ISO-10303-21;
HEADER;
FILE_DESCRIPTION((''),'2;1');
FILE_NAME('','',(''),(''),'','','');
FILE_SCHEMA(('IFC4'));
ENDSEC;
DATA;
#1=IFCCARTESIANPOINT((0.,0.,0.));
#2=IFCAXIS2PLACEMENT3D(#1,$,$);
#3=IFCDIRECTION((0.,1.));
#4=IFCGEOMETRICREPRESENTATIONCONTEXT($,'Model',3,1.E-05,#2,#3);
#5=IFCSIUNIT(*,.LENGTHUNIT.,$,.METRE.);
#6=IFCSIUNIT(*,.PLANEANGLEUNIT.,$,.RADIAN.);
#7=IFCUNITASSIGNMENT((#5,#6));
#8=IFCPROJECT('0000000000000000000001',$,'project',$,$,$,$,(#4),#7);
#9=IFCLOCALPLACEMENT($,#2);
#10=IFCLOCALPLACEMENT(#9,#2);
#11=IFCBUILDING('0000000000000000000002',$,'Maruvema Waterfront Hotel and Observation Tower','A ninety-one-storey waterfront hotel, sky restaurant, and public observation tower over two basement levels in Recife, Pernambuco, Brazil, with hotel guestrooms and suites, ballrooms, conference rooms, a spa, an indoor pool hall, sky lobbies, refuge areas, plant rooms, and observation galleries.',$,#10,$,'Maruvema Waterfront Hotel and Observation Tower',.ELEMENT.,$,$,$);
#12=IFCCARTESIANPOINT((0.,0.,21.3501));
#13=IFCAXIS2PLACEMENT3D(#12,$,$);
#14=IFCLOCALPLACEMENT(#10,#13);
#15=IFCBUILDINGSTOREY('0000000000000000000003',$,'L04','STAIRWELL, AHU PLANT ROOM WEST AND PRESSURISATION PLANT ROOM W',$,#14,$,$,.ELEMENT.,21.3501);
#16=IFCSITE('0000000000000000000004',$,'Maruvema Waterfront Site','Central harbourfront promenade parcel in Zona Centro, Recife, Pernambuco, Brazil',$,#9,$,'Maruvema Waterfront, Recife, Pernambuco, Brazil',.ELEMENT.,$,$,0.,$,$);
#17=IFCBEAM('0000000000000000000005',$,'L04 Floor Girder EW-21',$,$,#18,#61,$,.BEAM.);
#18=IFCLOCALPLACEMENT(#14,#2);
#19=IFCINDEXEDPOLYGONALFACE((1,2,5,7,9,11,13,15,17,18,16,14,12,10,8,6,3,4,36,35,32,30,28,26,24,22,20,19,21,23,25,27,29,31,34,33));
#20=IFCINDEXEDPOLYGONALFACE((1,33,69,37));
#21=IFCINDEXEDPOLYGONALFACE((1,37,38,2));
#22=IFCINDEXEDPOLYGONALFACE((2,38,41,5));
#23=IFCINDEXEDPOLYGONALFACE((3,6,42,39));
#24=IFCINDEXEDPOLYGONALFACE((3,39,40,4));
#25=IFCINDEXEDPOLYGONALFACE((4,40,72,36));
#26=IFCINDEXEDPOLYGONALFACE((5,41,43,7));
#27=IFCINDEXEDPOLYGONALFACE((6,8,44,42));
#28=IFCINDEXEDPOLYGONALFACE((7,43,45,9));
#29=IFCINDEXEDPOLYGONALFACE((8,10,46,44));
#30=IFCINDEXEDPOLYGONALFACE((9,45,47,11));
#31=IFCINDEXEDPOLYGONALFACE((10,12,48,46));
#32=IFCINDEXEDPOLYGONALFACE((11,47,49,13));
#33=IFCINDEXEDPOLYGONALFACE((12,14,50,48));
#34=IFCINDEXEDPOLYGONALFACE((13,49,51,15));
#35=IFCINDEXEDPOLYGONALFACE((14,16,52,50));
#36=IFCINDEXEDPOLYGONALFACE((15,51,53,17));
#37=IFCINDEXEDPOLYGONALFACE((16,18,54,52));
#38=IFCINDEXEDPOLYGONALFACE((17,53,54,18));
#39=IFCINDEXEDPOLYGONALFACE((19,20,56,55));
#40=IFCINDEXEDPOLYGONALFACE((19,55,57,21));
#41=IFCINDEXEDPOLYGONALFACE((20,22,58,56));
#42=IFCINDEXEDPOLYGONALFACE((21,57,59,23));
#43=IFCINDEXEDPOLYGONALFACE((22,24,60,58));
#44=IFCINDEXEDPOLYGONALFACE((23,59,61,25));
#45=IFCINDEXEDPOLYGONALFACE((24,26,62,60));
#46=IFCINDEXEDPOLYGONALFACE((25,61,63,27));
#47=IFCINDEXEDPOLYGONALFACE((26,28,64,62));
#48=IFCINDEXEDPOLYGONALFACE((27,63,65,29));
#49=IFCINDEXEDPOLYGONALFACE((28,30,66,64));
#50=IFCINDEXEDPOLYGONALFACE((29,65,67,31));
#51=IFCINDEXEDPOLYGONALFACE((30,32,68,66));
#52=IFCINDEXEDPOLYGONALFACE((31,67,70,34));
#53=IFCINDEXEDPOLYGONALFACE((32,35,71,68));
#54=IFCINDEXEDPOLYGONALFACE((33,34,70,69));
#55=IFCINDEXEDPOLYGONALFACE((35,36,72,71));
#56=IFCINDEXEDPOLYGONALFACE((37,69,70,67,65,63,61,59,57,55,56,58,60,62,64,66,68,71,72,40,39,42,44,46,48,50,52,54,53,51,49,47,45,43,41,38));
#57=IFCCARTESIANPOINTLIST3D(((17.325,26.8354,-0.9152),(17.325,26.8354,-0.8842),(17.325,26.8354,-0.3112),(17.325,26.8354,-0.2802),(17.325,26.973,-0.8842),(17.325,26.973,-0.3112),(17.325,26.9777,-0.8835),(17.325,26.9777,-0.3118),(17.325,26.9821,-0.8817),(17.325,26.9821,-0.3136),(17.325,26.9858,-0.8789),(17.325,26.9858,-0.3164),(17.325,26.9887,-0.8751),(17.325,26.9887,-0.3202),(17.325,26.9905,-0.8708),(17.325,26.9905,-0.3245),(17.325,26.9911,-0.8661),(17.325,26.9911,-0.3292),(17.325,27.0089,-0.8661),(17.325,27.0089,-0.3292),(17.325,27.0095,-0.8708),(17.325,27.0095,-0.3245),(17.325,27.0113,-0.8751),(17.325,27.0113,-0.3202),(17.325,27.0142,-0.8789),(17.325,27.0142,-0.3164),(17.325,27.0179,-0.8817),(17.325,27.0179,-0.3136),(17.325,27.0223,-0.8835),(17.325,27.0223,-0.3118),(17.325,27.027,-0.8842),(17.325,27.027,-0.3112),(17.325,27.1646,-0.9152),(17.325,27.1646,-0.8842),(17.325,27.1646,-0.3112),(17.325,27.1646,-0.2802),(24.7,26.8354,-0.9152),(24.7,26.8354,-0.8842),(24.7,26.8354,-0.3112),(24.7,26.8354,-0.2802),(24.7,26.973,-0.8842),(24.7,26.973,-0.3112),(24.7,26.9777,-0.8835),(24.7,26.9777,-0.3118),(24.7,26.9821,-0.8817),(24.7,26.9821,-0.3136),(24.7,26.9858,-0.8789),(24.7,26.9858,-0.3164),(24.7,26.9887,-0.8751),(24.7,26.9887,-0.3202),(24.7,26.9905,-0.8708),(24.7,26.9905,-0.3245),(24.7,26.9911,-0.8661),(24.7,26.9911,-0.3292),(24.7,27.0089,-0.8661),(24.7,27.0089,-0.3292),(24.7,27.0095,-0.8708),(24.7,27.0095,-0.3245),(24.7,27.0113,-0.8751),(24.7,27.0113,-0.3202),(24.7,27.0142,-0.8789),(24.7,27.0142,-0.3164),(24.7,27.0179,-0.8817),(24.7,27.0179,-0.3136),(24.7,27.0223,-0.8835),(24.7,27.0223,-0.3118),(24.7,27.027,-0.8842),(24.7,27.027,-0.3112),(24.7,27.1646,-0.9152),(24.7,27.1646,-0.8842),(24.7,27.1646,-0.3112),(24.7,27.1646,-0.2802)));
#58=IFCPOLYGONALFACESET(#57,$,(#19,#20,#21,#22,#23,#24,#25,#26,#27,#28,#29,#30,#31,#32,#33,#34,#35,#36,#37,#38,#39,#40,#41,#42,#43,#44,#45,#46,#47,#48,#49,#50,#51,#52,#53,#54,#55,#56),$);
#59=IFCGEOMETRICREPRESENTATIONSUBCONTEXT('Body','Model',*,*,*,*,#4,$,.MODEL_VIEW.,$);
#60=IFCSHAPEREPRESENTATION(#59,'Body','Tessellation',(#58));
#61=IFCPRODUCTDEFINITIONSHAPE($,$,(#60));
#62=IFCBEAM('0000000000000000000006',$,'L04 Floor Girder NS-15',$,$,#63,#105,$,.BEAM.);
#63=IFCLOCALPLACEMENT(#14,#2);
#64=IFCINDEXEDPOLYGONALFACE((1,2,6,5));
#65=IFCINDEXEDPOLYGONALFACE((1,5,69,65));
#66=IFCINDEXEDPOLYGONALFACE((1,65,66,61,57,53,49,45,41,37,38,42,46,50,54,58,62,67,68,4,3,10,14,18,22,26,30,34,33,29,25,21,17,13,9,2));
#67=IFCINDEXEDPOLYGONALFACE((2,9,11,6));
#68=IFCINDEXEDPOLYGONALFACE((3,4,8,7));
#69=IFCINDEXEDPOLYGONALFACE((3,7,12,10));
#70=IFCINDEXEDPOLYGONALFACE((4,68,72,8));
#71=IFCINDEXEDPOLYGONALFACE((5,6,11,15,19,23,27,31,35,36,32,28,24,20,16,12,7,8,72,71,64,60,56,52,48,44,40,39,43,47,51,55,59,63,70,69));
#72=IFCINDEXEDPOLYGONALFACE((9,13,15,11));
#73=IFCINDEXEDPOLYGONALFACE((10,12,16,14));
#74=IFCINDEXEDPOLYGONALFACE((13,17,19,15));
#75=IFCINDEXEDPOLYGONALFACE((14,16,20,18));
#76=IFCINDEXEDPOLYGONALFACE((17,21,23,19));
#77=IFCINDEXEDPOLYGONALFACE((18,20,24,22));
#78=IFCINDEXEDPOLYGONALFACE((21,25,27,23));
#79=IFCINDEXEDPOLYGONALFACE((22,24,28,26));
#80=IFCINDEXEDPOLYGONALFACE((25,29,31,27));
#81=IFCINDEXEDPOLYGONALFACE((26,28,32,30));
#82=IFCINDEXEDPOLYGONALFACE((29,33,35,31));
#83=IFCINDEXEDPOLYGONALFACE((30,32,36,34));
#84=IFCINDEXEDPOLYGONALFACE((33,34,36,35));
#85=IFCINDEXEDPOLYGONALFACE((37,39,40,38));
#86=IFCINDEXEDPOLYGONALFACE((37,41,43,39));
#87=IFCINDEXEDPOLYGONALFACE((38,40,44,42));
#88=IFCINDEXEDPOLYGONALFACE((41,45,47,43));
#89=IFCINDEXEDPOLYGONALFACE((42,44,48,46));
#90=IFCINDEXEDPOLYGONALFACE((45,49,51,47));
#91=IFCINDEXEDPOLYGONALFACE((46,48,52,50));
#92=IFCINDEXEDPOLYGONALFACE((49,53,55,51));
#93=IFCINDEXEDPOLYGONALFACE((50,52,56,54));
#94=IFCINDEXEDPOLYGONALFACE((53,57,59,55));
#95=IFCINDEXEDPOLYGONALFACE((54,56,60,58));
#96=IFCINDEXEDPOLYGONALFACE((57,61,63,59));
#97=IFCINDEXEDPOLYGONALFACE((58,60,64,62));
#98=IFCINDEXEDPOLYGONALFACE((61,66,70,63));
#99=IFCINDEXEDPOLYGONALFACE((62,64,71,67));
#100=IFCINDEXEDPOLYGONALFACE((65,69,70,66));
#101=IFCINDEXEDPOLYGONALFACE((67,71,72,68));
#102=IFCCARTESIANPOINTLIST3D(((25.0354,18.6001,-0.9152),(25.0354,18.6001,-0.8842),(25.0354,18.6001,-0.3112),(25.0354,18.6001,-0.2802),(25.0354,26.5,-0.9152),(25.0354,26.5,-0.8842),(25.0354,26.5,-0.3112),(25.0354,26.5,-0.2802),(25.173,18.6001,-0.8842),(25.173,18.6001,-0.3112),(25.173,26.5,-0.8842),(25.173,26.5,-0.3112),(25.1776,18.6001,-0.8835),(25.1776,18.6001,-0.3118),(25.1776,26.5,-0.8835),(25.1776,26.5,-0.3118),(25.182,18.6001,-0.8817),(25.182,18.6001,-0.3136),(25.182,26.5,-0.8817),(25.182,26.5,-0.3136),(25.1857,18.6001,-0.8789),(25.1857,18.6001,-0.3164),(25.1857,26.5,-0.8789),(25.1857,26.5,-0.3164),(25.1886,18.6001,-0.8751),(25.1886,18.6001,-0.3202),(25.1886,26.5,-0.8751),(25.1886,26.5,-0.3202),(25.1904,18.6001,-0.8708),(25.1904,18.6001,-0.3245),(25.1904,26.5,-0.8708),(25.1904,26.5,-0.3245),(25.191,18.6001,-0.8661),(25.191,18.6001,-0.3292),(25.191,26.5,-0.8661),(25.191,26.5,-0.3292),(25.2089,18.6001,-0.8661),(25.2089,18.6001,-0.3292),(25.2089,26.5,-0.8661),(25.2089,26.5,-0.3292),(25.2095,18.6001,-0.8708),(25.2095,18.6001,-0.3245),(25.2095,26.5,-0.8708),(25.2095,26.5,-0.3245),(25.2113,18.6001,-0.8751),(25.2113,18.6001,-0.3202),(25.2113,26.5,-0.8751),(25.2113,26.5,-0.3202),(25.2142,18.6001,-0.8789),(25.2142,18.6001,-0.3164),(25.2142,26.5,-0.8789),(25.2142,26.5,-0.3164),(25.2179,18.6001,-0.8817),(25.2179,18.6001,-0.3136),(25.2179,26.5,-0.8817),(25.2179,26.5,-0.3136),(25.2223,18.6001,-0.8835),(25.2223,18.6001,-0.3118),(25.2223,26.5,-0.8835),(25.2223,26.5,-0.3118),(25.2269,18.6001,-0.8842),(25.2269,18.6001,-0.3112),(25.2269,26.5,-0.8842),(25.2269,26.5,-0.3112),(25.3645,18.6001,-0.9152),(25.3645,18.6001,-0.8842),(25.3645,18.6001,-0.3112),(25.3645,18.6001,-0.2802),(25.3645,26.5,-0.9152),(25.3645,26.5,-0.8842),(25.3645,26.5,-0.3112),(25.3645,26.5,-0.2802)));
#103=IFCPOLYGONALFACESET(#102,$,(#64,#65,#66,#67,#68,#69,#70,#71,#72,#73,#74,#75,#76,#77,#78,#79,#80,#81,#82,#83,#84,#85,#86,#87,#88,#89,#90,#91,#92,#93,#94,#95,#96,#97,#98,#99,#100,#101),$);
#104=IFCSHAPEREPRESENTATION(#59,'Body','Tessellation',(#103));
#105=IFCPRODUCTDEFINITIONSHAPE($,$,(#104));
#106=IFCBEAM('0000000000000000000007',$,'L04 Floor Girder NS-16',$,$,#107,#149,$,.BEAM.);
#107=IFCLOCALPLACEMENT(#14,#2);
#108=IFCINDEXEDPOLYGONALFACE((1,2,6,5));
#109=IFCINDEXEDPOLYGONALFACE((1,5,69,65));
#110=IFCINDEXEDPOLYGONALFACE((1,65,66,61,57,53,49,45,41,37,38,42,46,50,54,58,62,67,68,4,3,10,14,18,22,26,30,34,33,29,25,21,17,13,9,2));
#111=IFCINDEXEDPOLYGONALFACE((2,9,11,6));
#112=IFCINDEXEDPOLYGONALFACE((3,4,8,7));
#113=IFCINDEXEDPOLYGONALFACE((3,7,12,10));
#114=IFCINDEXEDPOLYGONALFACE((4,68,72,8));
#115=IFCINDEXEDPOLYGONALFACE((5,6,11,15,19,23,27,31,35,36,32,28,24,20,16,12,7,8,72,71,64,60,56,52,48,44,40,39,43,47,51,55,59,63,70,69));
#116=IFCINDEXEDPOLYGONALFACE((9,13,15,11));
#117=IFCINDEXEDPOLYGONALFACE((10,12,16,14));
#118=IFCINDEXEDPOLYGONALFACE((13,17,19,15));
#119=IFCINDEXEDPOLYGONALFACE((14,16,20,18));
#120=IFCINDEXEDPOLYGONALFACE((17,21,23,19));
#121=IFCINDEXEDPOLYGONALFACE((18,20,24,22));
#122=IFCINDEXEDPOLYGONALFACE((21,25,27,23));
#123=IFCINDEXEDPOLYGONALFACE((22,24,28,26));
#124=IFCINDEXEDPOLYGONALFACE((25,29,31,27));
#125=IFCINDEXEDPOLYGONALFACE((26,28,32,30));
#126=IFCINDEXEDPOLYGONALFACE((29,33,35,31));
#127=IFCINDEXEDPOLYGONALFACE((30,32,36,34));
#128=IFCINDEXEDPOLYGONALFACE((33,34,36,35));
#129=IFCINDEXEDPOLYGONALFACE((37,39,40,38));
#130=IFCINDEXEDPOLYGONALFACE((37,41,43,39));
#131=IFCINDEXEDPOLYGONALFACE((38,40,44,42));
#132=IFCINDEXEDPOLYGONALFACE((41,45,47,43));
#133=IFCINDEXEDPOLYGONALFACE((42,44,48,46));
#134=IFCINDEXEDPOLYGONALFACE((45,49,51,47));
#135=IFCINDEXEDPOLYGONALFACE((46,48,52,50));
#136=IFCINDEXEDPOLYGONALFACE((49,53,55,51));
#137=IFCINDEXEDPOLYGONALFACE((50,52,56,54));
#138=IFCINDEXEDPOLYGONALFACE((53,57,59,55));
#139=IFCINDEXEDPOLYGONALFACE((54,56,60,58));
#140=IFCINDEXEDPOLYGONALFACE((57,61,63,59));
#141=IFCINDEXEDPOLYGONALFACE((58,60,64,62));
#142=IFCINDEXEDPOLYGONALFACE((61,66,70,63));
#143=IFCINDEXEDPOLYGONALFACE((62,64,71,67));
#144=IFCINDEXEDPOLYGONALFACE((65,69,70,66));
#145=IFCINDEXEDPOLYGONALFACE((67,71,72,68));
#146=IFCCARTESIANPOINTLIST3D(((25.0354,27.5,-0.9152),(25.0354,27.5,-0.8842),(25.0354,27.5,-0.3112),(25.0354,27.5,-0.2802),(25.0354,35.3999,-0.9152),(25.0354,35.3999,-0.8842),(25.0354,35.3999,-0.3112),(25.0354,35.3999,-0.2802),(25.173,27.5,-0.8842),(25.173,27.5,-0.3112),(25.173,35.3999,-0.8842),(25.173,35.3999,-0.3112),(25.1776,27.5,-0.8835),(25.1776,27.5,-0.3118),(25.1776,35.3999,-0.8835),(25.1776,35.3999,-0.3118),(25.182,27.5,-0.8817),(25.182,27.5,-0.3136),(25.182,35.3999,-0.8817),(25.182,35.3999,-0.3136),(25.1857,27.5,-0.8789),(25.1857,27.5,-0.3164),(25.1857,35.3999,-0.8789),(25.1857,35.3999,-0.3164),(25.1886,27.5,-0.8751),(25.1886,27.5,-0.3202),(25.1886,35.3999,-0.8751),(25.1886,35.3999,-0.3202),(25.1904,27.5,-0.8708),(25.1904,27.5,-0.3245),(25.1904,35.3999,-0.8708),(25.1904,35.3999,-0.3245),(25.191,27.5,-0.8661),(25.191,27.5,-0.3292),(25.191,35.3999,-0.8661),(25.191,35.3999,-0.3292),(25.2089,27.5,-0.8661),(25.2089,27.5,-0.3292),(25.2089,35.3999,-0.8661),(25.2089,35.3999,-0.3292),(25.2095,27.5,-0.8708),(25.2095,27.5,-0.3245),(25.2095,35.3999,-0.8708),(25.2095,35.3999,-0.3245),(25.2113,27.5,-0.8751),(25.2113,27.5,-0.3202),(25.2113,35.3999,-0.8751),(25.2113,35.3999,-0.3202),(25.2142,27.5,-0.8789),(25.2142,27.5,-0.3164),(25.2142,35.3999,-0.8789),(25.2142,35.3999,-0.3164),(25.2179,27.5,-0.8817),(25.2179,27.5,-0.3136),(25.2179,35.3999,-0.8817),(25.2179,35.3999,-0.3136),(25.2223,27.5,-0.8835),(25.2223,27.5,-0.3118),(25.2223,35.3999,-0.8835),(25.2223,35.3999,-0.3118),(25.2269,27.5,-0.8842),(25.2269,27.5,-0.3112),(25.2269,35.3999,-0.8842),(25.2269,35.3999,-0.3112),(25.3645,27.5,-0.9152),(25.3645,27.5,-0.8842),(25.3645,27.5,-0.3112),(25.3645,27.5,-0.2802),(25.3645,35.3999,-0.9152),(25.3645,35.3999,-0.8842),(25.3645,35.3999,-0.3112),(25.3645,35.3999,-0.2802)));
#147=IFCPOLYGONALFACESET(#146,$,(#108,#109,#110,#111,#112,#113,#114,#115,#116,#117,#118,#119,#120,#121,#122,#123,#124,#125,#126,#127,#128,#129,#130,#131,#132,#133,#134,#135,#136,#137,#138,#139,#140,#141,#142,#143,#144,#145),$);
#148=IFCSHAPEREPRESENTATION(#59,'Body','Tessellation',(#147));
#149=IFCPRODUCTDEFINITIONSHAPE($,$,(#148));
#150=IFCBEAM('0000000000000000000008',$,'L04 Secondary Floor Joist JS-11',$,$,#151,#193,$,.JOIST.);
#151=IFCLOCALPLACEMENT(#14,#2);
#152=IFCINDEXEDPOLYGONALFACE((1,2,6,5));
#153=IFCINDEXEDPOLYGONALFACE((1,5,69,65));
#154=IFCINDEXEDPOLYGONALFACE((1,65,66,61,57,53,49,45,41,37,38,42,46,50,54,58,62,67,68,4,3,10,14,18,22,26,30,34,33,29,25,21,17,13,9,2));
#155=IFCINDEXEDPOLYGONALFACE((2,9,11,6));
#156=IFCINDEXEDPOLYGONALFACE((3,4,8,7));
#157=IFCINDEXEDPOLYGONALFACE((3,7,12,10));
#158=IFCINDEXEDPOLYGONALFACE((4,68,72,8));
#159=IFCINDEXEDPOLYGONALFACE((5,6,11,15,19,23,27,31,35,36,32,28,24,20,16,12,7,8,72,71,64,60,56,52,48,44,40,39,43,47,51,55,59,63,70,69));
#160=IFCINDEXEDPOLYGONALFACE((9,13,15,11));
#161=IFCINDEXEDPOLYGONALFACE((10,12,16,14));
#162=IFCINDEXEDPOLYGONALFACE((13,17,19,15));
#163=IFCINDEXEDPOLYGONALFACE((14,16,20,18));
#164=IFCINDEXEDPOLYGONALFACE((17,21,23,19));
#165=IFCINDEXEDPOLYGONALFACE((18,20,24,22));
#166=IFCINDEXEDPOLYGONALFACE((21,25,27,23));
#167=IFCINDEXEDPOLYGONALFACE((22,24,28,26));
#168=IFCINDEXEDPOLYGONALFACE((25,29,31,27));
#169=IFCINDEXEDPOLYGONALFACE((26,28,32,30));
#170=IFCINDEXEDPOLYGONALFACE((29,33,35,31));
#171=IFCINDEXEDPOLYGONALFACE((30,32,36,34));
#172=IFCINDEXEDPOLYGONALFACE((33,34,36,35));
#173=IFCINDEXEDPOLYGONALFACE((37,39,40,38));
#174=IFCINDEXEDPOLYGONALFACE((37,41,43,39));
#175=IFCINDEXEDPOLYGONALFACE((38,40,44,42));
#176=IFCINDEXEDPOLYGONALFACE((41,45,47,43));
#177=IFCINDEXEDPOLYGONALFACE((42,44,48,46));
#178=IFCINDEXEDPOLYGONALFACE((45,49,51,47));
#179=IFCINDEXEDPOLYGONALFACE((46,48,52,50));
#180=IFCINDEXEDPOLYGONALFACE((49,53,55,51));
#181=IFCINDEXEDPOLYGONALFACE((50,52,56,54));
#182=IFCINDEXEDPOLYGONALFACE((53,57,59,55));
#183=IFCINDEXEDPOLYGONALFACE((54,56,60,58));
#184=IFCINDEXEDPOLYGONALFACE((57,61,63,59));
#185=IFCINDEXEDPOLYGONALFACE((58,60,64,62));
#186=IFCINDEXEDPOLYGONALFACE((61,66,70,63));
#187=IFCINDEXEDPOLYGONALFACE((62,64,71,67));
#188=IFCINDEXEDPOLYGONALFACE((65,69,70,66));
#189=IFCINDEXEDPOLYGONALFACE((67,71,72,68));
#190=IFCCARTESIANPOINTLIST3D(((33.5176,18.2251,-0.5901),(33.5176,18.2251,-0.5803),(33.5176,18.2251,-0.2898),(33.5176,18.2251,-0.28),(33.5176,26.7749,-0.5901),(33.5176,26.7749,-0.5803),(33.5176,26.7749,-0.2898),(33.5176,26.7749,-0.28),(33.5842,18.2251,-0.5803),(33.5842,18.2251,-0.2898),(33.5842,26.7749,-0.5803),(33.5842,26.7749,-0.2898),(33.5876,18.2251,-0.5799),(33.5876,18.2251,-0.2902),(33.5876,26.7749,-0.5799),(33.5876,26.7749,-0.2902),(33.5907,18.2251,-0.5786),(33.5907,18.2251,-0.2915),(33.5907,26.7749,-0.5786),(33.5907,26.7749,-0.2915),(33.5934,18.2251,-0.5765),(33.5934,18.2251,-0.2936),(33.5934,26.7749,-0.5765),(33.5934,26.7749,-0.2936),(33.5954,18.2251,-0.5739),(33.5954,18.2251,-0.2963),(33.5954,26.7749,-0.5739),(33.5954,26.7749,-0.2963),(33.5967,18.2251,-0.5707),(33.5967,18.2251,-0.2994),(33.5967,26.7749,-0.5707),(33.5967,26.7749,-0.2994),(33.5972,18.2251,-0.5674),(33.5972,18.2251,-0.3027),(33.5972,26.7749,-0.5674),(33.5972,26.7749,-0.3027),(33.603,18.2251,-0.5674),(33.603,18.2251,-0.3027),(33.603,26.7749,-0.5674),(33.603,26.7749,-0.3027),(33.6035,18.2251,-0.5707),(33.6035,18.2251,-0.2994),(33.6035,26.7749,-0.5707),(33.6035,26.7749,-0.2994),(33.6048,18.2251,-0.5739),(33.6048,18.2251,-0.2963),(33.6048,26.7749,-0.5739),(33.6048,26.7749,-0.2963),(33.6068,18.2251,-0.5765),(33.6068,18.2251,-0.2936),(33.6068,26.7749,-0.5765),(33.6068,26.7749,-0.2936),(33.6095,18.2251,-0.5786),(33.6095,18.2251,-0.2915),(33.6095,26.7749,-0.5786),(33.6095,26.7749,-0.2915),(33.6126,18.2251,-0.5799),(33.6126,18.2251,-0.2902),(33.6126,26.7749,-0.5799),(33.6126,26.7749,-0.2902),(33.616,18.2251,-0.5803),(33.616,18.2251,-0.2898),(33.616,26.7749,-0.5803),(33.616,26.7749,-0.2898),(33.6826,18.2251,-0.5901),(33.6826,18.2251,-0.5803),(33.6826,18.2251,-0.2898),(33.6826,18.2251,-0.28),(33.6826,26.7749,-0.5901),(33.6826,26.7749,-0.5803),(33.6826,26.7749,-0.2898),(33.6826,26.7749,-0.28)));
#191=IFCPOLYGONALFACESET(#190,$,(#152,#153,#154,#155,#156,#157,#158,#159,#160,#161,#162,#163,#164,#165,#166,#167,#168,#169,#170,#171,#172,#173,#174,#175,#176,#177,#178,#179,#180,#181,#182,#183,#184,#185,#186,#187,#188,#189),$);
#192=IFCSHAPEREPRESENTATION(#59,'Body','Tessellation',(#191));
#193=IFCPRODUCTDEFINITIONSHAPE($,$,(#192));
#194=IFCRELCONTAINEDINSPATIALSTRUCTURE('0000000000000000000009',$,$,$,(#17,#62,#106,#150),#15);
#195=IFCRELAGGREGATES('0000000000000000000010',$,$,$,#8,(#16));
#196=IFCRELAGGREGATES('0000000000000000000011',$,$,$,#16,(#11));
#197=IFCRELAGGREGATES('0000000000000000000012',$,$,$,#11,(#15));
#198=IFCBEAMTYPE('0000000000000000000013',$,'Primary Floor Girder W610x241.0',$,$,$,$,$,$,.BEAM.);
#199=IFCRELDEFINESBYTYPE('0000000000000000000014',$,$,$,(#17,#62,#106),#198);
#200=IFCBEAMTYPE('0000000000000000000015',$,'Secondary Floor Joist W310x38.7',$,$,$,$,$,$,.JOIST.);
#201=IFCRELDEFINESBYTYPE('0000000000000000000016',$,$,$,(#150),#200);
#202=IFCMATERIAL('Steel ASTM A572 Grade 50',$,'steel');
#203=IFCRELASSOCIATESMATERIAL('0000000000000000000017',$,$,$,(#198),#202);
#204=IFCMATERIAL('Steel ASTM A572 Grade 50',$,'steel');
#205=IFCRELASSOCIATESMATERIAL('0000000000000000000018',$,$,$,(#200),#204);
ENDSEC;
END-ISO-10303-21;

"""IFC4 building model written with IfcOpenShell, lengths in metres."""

from ifc_helpers import new_model, si_unit, direction, frame, origin, origin_2d, place, context, subcontext, project, spatial, i_section, extrude, material, material_profile, profile_set, type_object, element, save


model = new_model("IFC4")

# Units and contexts
model_context = context("Model", 3, precision=1e-05, world=origin(), true_north=direction((0.0, 1.0)))
body_context = subcontext(model_context, "Body", "Model", "MODEL_VIEW")
ifc_project = project(units=[si_unit("LENGTHUNIT", "METRE"), si_unit("PLANEANGLEUNIT", "RADIAN")], contexts=[model_context])

# Site, building, storey
site_placement = place(None, origin())
site = spatial("IfcSite", under=ifc_project, at=site_placement, Name="Maruvema Waterfront Site", Description="Central harbourfront promenade parcel in Zona Centro, Recife, Pernambuco, Brazil", LongName="Maruvema Waterfront, Recife, Pernambuco, Brazil", CompositionType="ELEMENT", RefElevation=0.0)
building_placement = place(site_placement, origin())
building = spatial("IfcBuilding", under=site, at=building_placement, Name="Maruvema Waterfront Hotel and Observation Tower", Description="A ninety-one-storey waterfront hotel, sky restaurant, and public observation tower over two basement levels in Recife, Pernambuco, Brazil, with hotel guestrooms and suites, ballrooms, conference rooms, a spa, an indoor pool hall, sky lobbies, refuge areas, plant rooms, and observation galleries.", LongName="Maruvema Waterfront Hotel and Observation Tower", CompositionType="ELEMENT")
storey_placement = place(building_placement, frame((0.0, 0.0, 21.3501)))
storey = spatial("IfcBuildingStorey", under=building, at=storey_placement, Name="L04", Description="STAIRWELL, AHU PLANT ROOM WEST AND PRESSURISATION PLANT ROOM W", CompositionType="ELEMENT", Elevation=21.3501)

# Beams
ifc_material_1 = material(Name="Steel ASTM A572 Grade 50", Category="steel")
ifc_material_profile_1 = material_profile(ifc_material_1, i_section(OverallWidth=0.3291, OverallDepth=0.635, WebThickness=0.0178, FlangeThickness=0.031, FilletRadius=0.0181, at=origin_2d()), Name="W610x241.0")
ifc_profile_set_1 = profile_set([ifc_material_profile_1], Name="Steel ASTM A572 Grade 50")
beam_type_1 = type_object("IfcBeamType", Name="Primary Floor Girder W610x241.0", PredefinedType="BEAM", material=ifc_profile_set_1)
beam_1_placement = place(storey_placement, frame((17.325, 27.0, -0.5977), z_axis=(1.0, 0.0, 0.0), x_axis=(0.0, 1.0, 0.0)))
element("IfcBeam", 1, at=beam_1_placement, inside=storey, type_object=beam_type_1, Name="L04 Floor Girder EW-21", PredefinedType="BEAM", context=body_context, shape_type="SweptSolid", body=[
    extrude(i_section(OverallWidth=0.3291, OverallDepth=0.635, WebThickness=0.0178, FlangeThickness=0.031, FilletRadius=0.0181, at=origin_2d()), origin(), (0.0, 0.0, 1.0), 7.375),
])
for number, where, z_axis, x_axis, name in (
    (2, (25.2, 18.6001, -0.5977), (0.0, 1.0, 0.0), (-1.0, 0.0, 0.0), "L04 Floor Girder NS-15"),
    (3, (25.2, 27.5, -0.5977), (0.0, 1.0, 0.0), (-1.0, 0.0, 0.0), "L04 Floor Girder NS-16"),
):
    element("IfcBeam", number, at=place(storey_placement, frame(where, z_axis=z_axis, x_axis=x_axis)), inside=storey, type_object=beam_type_1, Name=name, PredefinedType="BEAM", context=body_context, shape_type="SweptSolid", body=[
        extrude(i_section(OverallWidth=0.3291, OverallDepth=0.635, WebThickness=0.0178, FlangeThickness=0.031, FilletRadius=0.0181, at=origin_2d()), origin(), (0.0, 0.0, 1.0), 7.8999),
    ])
ifc_material_2 = material(Name="Steel ASTM A572 Grade 50", Category="steel")
ifc_material_profile_2 = material_profile(ifc_material_2, i_section(OverallWidth=0.165, OverallDepth=0.3101, WebThickness=0.0059, FlangeThickness=0.0098, FilletRadius=0.0129, at=origin_2d()), Name="W310x38.7")
ifc_profile_set_2 = profile_set([ifc_material_profile_2], Name="Steel ASTM A572 Grade 50")
beam_type_2 = type_object("IfcBeamType", Name="Secondary Floor Joist W310x38.7", PredefinedType="JOIST", material=ifc_profile_set_2)
beam_2_placement = place(storey_placement, frame((33.6001, 18.2251, -0.4351), z_axis=(0.0, 1.0, 0.0), x_axis=(-1.0, 0.0, 0.0)))
element("IfcBeam", 4, at=beam_2_placement, inside=storey, type_object=beam_type_2, Name="L04 Secondary Floor Joist JS-11", PredefinedType="JOIST", context=body_context, shape_type="SweptSolid", body=[
    extrude(i_section(OverallWidth=0.165, OverallDepth=0.3101, WebThickness=0.0059, FlangeThickness=0.0098, FilletRadius=0.0129, at=origin_2d()), origin(), (0.0, 0.0, 1.0), 8.5498),
])

save(model, "model.ifc")
